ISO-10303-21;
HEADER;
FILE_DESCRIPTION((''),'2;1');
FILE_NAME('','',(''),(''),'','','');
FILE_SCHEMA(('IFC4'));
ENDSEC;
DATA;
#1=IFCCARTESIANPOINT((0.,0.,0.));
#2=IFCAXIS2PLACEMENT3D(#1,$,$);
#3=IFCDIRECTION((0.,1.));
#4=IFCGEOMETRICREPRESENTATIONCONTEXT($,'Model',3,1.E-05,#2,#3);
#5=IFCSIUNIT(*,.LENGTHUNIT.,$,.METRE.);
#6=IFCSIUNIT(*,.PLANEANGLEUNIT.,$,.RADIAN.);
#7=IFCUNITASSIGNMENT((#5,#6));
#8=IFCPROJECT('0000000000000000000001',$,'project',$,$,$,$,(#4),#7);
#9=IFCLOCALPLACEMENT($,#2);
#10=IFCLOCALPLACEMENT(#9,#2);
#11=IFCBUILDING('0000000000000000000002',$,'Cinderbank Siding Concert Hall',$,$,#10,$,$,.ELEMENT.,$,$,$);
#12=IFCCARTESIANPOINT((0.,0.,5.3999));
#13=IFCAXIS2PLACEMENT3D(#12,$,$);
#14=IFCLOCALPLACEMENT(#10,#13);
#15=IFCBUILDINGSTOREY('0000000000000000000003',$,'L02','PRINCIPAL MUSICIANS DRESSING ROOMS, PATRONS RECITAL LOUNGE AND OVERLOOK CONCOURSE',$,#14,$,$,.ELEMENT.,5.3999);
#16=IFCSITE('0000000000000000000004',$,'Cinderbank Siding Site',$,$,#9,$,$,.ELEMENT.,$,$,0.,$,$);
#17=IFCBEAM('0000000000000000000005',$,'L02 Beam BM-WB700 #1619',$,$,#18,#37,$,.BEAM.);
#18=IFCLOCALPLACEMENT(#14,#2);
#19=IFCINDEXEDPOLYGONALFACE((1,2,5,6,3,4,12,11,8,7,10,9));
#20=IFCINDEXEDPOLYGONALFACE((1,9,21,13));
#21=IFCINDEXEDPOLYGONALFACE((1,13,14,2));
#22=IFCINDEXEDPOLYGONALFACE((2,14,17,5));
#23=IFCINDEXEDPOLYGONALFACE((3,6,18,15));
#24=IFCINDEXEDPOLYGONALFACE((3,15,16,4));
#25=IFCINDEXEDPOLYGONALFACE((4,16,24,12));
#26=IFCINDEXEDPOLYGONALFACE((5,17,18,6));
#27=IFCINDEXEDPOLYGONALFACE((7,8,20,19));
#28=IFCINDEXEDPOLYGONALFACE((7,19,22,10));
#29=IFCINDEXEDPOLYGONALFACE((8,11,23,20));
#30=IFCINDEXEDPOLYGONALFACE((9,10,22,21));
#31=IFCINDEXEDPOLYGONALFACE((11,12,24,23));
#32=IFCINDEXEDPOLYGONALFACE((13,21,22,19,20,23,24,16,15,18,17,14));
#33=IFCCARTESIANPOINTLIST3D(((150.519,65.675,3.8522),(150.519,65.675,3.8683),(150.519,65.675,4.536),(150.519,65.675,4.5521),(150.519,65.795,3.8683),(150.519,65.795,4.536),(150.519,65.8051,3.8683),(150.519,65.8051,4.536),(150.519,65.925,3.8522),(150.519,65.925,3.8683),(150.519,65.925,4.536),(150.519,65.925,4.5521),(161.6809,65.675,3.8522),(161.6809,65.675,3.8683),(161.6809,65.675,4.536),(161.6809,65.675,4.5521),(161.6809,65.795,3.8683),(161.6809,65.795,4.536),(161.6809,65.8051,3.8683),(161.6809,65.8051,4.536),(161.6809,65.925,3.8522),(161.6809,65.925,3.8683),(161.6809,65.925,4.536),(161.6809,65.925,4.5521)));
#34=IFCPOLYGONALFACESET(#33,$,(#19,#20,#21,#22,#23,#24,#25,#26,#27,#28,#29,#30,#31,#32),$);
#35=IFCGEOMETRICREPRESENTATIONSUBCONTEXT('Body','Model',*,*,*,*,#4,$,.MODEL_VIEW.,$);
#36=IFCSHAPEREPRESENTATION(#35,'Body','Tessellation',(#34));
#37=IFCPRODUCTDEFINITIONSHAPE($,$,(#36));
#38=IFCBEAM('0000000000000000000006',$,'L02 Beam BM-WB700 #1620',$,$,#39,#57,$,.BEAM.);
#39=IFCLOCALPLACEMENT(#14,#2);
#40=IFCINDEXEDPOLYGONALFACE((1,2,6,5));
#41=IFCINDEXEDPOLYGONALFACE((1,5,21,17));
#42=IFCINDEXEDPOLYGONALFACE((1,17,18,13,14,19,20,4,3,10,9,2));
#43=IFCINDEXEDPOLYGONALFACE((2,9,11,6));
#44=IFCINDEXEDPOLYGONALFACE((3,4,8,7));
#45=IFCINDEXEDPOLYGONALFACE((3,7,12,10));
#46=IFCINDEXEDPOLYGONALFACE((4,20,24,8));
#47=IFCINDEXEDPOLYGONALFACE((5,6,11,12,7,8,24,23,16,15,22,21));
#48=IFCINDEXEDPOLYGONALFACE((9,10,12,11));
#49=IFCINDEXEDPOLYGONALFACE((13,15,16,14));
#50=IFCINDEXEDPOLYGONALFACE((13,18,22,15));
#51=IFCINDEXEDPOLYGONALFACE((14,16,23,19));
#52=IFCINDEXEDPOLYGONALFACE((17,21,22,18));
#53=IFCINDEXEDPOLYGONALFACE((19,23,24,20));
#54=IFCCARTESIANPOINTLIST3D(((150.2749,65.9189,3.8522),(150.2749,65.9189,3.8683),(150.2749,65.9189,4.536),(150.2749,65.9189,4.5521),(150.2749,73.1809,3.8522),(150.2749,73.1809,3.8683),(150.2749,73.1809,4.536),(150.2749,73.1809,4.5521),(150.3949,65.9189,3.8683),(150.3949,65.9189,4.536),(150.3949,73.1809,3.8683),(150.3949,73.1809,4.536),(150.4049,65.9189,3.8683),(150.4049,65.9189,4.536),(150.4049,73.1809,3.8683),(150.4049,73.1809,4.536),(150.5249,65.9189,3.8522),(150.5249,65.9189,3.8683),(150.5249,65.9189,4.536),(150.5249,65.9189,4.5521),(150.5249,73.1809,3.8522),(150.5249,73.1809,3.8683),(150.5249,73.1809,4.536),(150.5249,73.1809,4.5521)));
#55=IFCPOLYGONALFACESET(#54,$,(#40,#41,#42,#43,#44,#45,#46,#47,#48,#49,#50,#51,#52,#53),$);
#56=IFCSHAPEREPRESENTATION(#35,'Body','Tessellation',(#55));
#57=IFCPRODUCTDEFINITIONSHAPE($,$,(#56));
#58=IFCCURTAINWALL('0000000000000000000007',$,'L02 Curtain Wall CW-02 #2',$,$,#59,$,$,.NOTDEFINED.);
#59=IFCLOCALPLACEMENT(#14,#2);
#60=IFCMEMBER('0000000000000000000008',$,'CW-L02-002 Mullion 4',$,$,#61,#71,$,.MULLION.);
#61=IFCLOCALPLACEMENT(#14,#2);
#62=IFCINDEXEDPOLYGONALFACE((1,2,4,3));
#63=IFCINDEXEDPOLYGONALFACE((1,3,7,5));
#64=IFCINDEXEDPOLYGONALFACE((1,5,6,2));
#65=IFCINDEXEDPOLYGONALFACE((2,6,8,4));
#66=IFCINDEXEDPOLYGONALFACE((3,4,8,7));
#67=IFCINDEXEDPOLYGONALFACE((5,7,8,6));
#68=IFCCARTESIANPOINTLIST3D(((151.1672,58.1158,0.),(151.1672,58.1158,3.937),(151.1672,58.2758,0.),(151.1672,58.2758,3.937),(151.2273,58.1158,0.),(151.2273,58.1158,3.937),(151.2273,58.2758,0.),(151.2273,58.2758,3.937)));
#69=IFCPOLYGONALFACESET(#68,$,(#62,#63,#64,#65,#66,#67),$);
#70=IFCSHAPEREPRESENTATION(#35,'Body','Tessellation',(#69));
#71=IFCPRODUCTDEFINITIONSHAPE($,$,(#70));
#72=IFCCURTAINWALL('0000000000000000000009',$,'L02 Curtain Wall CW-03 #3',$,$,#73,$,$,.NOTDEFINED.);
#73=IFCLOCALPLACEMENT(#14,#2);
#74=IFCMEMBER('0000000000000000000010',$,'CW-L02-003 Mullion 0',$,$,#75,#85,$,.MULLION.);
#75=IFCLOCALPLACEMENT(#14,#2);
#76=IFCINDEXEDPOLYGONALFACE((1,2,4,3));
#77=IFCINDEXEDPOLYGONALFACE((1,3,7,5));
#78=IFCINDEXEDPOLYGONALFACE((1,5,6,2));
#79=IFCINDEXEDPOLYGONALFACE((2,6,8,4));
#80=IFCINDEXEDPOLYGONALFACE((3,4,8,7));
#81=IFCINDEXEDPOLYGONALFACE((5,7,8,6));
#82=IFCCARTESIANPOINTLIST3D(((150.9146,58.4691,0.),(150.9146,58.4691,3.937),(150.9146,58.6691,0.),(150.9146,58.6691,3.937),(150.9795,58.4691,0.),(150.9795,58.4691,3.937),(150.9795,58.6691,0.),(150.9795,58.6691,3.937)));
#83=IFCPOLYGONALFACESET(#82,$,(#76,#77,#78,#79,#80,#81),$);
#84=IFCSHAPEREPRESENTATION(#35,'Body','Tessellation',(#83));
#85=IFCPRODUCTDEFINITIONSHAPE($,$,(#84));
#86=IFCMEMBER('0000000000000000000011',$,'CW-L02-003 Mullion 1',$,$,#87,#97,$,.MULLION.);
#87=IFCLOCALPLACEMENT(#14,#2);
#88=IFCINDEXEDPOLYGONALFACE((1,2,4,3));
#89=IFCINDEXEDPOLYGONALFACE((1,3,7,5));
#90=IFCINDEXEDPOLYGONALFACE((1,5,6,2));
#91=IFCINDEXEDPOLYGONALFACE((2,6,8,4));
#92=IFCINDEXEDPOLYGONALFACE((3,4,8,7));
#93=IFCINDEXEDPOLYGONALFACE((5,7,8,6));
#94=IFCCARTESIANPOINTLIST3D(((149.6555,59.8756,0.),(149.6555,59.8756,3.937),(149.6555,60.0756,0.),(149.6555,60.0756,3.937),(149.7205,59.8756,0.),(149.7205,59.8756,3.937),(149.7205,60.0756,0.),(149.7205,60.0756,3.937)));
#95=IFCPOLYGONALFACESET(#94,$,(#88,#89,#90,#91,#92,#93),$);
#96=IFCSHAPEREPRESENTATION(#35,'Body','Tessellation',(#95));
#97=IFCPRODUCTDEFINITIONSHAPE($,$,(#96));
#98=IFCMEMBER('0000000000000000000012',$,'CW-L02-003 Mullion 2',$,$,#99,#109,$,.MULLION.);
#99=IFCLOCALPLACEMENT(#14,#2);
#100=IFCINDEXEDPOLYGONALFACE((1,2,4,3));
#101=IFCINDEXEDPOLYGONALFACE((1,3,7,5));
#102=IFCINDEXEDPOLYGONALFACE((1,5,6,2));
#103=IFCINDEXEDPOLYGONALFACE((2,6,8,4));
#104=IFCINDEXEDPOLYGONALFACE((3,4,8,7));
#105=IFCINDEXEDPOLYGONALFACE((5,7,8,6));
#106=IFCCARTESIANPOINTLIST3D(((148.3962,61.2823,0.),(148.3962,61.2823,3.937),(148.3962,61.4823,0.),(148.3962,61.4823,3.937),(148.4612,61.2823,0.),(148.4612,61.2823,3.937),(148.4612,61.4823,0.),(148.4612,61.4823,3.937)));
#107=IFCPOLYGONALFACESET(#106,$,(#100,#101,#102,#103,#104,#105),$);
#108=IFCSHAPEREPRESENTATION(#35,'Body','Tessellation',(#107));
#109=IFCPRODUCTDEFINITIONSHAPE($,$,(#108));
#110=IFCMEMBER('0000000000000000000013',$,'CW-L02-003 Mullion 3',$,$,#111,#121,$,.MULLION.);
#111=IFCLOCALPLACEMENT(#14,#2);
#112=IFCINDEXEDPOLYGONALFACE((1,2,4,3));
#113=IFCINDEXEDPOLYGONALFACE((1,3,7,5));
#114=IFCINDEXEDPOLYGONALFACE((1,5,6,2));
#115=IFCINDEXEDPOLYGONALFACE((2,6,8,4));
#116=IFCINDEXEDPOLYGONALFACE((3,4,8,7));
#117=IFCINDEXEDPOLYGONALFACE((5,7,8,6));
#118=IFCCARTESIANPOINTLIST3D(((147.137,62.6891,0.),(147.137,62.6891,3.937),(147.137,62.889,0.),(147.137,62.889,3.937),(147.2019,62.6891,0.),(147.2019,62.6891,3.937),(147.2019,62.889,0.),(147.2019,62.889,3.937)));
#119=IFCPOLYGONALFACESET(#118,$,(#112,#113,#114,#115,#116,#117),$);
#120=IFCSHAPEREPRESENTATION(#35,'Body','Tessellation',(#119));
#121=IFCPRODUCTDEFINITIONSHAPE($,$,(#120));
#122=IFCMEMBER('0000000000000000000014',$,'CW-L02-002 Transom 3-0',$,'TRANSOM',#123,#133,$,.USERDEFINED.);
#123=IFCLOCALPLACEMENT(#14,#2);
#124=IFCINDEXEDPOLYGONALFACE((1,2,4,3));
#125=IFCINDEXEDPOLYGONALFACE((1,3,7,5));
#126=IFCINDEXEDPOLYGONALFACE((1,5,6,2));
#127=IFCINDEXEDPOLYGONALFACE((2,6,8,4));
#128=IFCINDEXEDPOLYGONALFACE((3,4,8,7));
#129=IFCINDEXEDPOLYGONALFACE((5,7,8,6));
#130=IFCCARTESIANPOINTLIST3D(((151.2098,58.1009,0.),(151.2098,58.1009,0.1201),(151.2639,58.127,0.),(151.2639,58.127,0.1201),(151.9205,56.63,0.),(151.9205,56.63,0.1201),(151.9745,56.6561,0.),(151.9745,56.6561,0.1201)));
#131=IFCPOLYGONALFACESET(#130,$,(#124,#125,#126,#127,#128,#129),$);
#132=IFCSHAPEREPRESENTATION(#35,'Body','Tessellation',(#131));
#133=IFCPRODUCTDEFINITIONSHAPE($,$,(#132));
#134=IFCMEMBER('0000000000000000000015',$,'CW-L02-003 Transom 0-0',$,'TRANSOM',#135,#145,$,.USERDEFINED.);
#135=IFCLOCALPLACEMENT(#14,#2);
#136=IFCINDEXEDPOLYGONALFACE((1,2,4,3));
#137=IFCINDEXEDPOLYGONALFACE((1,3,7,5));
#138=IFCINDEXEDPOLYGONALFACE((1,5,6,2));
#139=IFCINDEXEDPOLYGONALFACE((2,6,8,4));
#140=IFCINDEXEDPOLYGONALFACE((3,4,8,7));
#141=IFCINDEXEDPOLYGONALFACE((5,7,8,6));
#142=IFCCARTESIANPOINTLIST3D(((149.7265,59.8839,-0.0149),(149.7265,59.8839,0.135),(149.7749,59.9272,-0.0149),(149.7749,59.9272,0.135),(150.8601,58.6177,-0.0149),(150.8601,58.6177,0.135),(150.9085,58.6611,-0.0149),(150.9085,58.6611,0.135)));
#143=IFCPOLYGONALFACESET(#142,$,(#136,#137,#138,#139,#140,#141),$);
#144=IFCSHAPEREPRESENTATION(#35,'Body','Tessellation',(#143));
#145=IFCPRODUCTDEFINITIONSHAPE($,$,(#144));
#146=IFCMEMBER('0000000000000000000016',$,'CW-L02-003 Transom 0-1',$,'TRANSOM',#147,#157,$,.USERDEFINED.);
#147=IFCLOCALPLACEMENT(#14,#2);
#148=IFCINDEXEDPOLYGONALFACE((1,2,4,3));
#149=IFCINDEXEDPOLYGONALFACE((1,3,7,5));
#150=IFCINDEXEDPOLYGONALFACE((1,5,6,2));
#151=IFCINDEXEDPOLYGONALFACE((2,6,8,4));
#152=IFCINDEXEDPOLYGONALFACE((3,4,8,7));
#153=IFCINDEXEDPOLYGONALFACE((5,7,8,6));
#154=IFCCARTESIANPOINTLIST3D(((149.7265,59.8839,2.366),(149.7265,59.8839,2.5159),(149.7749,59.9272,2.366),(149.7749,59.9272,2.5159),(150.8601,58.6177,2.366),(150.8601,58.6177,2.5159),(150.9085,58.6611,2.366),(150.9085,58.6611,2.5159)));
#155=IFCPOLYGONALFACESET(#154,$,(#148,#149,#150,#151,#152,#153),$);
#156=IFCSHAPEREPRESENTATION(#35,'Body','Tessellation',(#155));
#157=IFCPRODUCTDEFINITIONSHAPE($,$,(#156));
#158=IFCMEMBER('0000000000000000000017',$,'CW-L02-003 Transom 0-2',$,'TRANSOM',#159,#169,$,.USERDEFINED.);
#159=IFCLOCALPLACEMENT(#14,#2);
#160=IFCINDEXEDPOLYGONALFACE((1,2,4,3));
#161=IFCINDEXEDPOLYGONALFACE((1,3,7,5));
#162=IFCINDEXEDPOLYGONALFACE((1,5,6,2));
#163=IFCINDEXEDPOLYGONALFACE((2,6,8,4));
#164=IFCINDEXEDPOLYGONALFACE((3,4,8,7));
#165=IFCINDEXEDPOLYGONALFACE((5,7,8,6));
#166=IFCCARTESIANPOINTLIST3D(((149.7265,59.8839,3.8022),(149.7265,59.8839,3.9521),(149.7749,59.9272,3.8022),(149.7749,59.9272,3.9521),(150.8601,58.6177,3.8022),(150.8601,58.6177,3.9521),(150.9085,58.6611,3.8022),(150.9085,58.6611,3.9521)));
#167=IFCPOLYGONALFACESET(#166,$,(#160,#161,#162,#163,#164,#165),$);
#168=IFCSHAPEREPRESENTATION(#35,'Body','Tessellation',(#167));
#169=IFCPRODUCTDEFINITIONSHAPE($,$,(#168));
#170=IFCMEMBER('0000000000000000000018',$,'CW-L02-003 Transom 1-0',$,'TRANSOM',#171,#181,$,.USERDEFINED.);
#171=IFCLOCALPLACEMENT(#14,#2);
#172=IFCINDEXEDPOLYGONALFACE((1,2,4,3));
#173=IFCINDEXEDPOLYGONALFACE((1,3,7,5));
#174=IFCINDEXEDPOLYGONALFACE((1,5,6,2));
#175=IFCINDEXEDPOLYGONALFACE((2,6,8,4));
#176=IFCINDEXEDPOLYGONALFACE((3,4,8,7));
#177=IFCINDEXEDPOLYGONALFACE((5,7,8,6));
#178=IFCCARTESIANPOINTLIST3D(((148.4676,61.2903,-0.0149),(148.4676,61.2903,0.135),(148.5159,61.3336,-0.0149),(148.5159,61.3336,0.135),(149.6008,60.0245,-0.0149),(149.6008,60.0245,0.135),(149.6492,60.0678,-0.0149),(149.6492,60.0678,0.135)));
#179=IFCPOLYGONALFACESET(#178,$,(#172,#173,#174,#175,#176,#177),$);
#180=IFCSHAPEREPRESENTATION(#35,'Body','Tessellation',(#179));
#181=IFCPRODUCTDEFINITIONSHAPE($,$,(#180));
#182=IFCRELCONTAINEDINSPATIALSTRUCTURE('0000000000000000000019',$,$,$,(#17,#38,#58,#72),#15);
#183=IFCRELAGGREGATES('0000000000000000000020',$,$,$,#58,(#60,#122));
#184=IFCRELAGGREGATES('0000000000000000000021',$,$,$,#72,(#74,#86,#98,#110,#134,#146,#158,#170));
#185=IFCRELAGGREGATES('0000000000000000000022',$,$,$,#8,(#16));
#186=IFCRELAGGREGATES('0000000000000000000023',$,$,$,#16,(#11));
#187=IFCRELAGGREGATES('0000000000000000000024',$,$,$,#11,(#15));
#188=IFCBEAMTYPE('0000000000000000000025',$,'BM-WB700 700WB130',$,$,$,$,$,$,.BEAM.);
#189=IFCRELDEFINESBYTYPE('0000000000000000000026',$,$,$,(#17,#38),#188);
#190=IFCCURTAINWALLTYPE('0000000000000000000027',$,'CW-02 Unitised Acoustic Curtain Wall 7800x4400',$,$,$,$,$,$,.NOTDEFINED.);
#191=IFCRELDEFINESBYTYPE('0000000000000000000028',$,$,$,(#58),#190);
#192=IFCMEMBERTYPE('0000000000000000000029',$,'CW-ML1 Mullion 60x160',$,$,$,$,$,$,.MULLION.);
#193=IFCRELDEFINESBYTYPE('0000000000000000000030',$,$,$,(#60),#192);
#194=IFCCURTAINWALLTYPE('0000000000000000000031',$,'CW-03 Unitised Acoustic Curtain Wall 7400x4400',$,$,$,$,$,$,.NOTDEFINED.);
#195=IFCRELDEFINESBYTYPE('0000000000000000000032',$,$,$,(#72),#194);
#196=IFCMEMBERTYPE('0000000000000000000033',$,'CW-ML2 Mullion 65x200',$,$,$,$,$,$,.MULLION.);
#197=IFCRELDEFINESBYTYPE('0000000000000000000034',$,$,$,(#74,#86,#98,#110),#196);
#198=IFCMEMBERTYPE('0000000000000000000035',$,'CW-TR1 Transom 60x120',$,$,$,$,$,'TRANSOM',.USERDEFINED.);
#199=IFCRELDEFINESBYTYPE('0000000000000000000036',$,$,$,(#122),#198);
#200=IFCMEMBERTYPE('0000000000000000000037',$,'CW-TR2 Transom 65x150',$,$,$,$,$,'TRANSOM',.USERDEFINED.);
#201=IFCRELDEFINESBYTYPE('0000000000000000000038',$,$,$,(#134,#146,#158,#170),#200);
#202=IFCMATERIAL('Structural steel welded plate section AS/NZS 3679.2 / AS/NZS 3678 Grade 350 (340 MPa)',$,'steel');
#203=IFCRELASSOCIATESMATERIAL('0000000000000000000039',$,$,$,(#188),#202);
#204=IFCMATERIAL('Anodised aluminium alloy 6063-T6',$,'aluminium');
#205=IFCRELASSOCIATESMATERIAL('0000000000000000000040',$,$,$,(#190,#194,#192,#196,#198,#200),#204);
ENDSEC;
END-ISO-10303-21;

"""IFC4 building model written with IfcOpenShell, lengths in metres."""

from ifc_helpers import new_model, si_unit, direction, frame, origin, origin_2d, place, context, subcontext, project, spatial, rectangle, i_section, extrude, material, material_profile, profile_set, type_object, element, aggregate, save


model = new_model("IFC4")

# Units and contexts
model_context = context("Model", 3, precision=1e-05, world=origin(), true_north=direction((0.0, 1.0)))
body_context = subcontext(model_context, "Body", "Model", "MODEL_VIEW")
ifc_project = project(units=[si_unit("LENGTHUNIT", "METRE"), si_unit("PLANEANGLEUNIT", "RADIAN")], contexts=[model_context])

# Site, building, storey
site_placement = place(None, origin())
site = spatial("IfcSite", under=ifc_project, at=site_placement, Name="Cinderbank Siding Site", CompositionType="ELEMENT", RefElevation=0.0)
building_placement = place(site_placement, origin())
building = spatial("IfcBuilding", under=site, at=building_placement, Name="Cinderbank Siding Concert Hall", CompositionType="ELEMENT")
storey_placement = place(building_placement, frame((0.0, 0.0, 5.3999)))
storey = spatial("IfcBuildingStorey", under=building, at=storey_placement, Name="L02", Description="PRINCIPAL MUSICIANS DRESSING ROOMS, PATRONS RECITAL LOUNGE AND OVERLOOK CONCOURSE", CompositionType="ELEMENT", Elevation=5.3999)

# Beams
ifc_material_1 = material(Name="Structural steel welded plate section AS/NZS 3679.2 / AS/NZS 3678 Grade 350 (340 MPa)", Category="steel")
ifc_material_profile_1 = material_profile(ifc_material_1, i_section(OverallWidth=0.25, OverallDepth=0.7, WebThickness=0.01, FlangeThickness=0.0161, at=origin_2d()), Name="700WB130", Category="LoadBearing")
ifc_profile_set_1 = profile_set([ifc_material_profile_1], Name="Structural steel welded plate section AS/NZS 3679.2 / AS/NZS 3678 Grade 350 (340 MPa)")
beam_type_1 = type_object("IfcBeamType", Name="BM-WB700 700WB130", PredefinedType="BEAM", material=ifc_profile_set_1)
beam_1_placement = place(storey_placement, frame((150.519, 65.8, 4.2021), z_axis=(1.0, 0.0, 0.0), x_axis=(0.0, 1.0, 0.0)))
element("IfcBeam", 1, at=beam_1_placement, inside=storey, type_object=beam_type_1, Name="L02 Beam BM-WB700 #1619", PredefinedType="BEAM", context=body_context, shape_type="SweptSolid", body=[
    extrude(i_section(OverallWidth=0.25, OverallDepth=0.7, WebThickness=0.01, FlangeThickness=0.0161, at=origin_2d()), origin(), (0.0, 0.0, 1.0), 11.1619),
])
beam_2_placement = place(storey_placement, frame((150.3999, 65.9189, 4.2021), z_axis=(0.0, 1.0, 0.0), x_axis=(-1.0, 0.0, 0.0)))
element("IfcBeam", 2, at=beam_2_placement, inside=storey, type_object=beam_type_1, Name="L02 Beam BM-WB700 #1620", PredefinedType="BEAM", context=body_context, shape_type="SweptSolid", body=[
    extrude(i_section(OverallWidth=0.25, OverallDepth=0.7, WebThickness=0.01, FlangeThickness=0.0161, at=origin_2d()), origin(), (0.0, 0.0, 1.0), 7.262),
])

# Curtain wall, member
ifc_material_2 = material(Name="Anodised aluminium alloy 6063-T6", Category="aluminium")
curtain_wall_type_1 = type_object("IfcCurtainWallType", Name="CW-02 Unitised Acoustic Curtain Wall 7800x4400", PredefinedType="NOTDEFINED", material=ifc_material_2)
curtain_wall_1_placement = place(storey_placement, origin())
curtain_wall_1 = element("IfcCurtainWall", 3, at=curtain_wall_1_placement, inside=storey, type_object=curtain_wall_type_1, Name="L02 Curtain Wall CW-02 #2", PredefinedType="NOTDEFINED")
ifc_material_profile_2 = material_profile(ifc_material_2, rectangle(XDim=0.0601, YDim=0.1599, at=origin_2d()), Name="ALU-MULL-60x160", Category="LoadBearing")
ifc_profile_set_2 = profile_set([ifc_material_profile_2], Name="Anodised aluminium alloy 6063-T6")
member_type_1 = type_object("IfcMemberType", Name="CW-ML1 Mullion 60x160", PredefinedType="MULLION", material=ifc_profile_set_2)
member_1_placement = place(storey_placement, frame((151.1973, 58.1958, 0.0), z_axis=(0.0, 0.0, 1.0), x_axis=(1.0, 0.0, 0.0)))
member_1 = element("IfcMember", 4, at=member_1_placement, type_object=member_type_1, Name="CW-L02-002 Mullion 4", PredefinedType="MULLION", context=body_context, shape_type="SweptSolid", body=[
    extrude(rectangle(XDim=0.0601, YDim=0.1599, at=origin_2d()), origin(), (0.0, 0.0, 1.0), 3.937),
])

# Curtain wall, members
curtain_wall_type_2 = type_object("IfcCurtainWallType", Name="CW-03 Unitised Acoustic Curtain Wall 7400x4400", PredefinedType="NOTDEFINED", material=ifc_material_2)
curtain_wall_2_placement = place(storey_placement, origin())
curtain_wall_2 = element("IfcCurtainWall", 5, at=curtain_wall_2_placement, inside=storey, type_object=curtain_wall_type_2, Name="L02 Curtain Wall CW-03 #3", PredefinedType="NOTDEFINED")
ifc_material_profile_3 = material_profile(ifc_material_2, rectangle(XDim=0.0649, YDim=0.2, at=origin_2d()), Name="ALU-MULL-65x200", Category="LoadBearing")
ifc_profile_set_3 = profile_set([ifc_material_profile_3], Name="Anodised aluminium alloy 6063-T6")
member_type_2 = type_object("IfcMemberType", Name="CW-ML2 Mullion 65x200", PredefinedType="MULLION", material=ifc_profile_set_3)
member_2_placement = place(storey_placement, frame((150.947, 58.5691, 0.0), z_axis=(0.0, 0.0, 1.0), x_axis=(1.0, 0.0, 0.0)))
member_2 = element("IfcMember", 6, at=member_2_placement, type_object=member_type_2, Name="CW-L02-003 Mullion 0", PredefinedType="MULLION", context=body_context, shape_type="SweptSolid", body=[
    extrude(rectangle(XDim=0.0649, YDim=0.2, at=origin_2d()), origin(), (0.0, 0.0, 1.0), 3.937),
])
member_3_placement = place(storey_placement, frame((149.688, 59.9756, 0.0), z_axis=(0.0, 0.0, 1.0), x_axis=(1.0, 0.0, 0.0)))
member_3 = element("IfcMember", 7, at=member_3_placement, type_object=member_type_2, Name="CW-L02-003 Mullion 1", PredefinedType="MULLION", context=body_context, shape_type="SweptSolid", body=[
    extrude(rectangle(XDim=0.0649, YDim=0.2, at=origin_2d()), origin(), (0.0, 0.0, 1.0), 3.937),
])
member_4_placement = place(storey_placement, frame((148.4287, 61.3823, 0.0), z_axis=(0.0, 0.0, 1.0), x_axis=(1.0, 0.0, 0.0)))
member_4 = element("IfcMember", 8, at=member_4_placement, type_object=member_type_2, Name="CW-L02-003 Mullion 2", PredefinedType="MULLION", context=body_context, shape_type="SweptSolid", body=[
    extrude(rectangle(XDim=0.0649, YDim=0.2, at=origin_2d()), origin(), (0.0, 0.0, 1.0), 3.937),
])
member_5_placement = place(storey_placement, frame((147.1694, 62.7891, 0.0), z_axis=(0.0, 0.0, 1.0), x_axis=(1.0, 0.0, 0.0)))
member_5 = element("IfcMember", 9, at=member_5_placement, type_object=member_type_2, Name="CW-L02-003 Mullion 3", PredefinedType="MULLION", context=body_context, shape_type="SweptSolid", body=[
    extrude(rectangle(XDim=0.0649, YDim=0.2, at=origin_2d()), origin(), (0.0, 0.0, 1.0), 3.937),
])

# Members
ifc_material_profile_4 = material_profile(ifc_material_2, rectangle(XDim=0.0601, YDim=0.1201, at=origin_2d()), Name="ALU-TRAN-60x120", Category="LoadBearing")
ifc_profile_set_4 = profile_set([ifc_material_profile_4], Name="Anodised aluminium alloy 6063-T6")
member_type_3 = type_object("IfcMemberType", Name="CW-TR1 Transom 60x120", ElementType="TRANSOM", PredefinedType="USERDEFINED", material=ifc_profile_set_4)
member_6_placement = place(storey_placement, frame((151.9475, 56.6431, 0.0601), z_axis=(-0.435037, 0.900412, 0.0), x_axis=(-0.900412, -0.435037, 0.0)))
member_6 = element("IfcMember", 10, at=member_6_placement, type_object=member_type_3, Name="CW-L02-002 Transom 3-0", ObjectType="TRANSOM", PredefinedType="USERDEFINED", context=body_context, shape_type="SweptSolid", body=[
    extrude(rectangle(XDim=0.0601, YDim=0.1201, at=origin_2d()), origin(), (0.0, 0.0, 1.0), 1.6335),
])
ifc_material_profile_5 = material_profile(ifc_material_2, rectangle(XDim=0.0649, YDim=0.1499, at=origin_2d()), Name="ALU-TRAN-65x150", Category="LoadBearing")
ifc_profile_set_5 = profile_set([ifc_material_profile_5], Name="Anodised aluminium alloy 6063-T6")
member_type_4 = type_object("IfcMemberType", Name="CW-TR2 Transom 65x150", ElementType="TRANSOM", PredefinedType="USERDEFINED", material=ifc_profile_set_5)
member_7_placement = place(storey_placement, frame((150.8843, 58.6394, 0.0601), z_axis=(-0.667026, 0.745035, 0.0), x_axis=(-0.745035, -0.667026, 0.0)))
member_7 = element("IfcMember", 11, at=member_7_placement, type_object=member_type_4, Name="CW-L02-003 Transom 0-0", ObjectType="TRANSOM", PredefinedType="USERDEFINED", context=body_context, shape_type="SweptSolid", body=[
    extrude(rectangle(XDim=0.0649, YDim=0.1499, at=origin_2d()), origin(), (0.0, 0.0, 1.0), 1.6995),
])
member_8_placement = place(storey_placement, frame((150.8843, 58.6394, 2.4409), z_axis=(-0.667026, 0.745035, 0.0), x_axis=(-0.745035, -0.667026, 0.0)))
member_8 = element("IfcMember", 12, at=member_8_placement, type_object=member_type_4, Name="CW-L02-003 Transom 0-1", ObjectType="TRANSOM", PredefinedType="USERDEFINED", context=body_context, shape_type="SweptSolid", body=[
    extrude(rectangle(XDim=0.0649, YDim=0.1499, at=origin_2d()), origin(), (0.0, 0.0, 1.0), 1.6995),
])
member_9_placement = place(storey_placement, frame((150.8843, 58.6394, 3.8772), z_axis=(-0.667026, 0.745035, 0.0), x_axis=(-0.745035, -0.667026, 0.0)))
member_9 = element("IfcMember", 13, at=member_9_placement, type_object=member_type_4, Name="CW-L02-003 Transom 0-2", ObjectType="TRANSOM", PredefinedType="USERDEFINED", context=body_context, shape_type="SweptSolid", body=[
    extrude(rectangle(XDim=0.0649, YDim=0.1499, at=origin_2d()), origin(), (0.0, 0.0, 1.0), 1.6995),
])
member_10_placement = place(storey_placement, frame((149.625, 60.0461, 0.0601), z_axis=(-0.667017, 0.745042, 0.0), x_axis=(-0.745042, -0.667017, 0.0)))
member_10 = element("IfcMember", 14, at=member_10_placement, type_object=member_type_4, Name="CW-L02-003 Transom 1-0", ObjectType="TRANSOM", PredefinedType="USERDEFINED", context=body_context, shape_type="SweptSolid", body=[
    extrude(rectangle(XDim=0.0649, YDim=0.1499, at=origin_2d()), origin(), (0.0, 0.0, 1.0), 1.699),
])

aggregate(curtain_wall_1, [member_1, member_6])
aggregate(curtain_wall_2, [member_2, member_3, member_4, member_5, member_7, member_8, member_9, member_10])

save(model, "model.ifc")
